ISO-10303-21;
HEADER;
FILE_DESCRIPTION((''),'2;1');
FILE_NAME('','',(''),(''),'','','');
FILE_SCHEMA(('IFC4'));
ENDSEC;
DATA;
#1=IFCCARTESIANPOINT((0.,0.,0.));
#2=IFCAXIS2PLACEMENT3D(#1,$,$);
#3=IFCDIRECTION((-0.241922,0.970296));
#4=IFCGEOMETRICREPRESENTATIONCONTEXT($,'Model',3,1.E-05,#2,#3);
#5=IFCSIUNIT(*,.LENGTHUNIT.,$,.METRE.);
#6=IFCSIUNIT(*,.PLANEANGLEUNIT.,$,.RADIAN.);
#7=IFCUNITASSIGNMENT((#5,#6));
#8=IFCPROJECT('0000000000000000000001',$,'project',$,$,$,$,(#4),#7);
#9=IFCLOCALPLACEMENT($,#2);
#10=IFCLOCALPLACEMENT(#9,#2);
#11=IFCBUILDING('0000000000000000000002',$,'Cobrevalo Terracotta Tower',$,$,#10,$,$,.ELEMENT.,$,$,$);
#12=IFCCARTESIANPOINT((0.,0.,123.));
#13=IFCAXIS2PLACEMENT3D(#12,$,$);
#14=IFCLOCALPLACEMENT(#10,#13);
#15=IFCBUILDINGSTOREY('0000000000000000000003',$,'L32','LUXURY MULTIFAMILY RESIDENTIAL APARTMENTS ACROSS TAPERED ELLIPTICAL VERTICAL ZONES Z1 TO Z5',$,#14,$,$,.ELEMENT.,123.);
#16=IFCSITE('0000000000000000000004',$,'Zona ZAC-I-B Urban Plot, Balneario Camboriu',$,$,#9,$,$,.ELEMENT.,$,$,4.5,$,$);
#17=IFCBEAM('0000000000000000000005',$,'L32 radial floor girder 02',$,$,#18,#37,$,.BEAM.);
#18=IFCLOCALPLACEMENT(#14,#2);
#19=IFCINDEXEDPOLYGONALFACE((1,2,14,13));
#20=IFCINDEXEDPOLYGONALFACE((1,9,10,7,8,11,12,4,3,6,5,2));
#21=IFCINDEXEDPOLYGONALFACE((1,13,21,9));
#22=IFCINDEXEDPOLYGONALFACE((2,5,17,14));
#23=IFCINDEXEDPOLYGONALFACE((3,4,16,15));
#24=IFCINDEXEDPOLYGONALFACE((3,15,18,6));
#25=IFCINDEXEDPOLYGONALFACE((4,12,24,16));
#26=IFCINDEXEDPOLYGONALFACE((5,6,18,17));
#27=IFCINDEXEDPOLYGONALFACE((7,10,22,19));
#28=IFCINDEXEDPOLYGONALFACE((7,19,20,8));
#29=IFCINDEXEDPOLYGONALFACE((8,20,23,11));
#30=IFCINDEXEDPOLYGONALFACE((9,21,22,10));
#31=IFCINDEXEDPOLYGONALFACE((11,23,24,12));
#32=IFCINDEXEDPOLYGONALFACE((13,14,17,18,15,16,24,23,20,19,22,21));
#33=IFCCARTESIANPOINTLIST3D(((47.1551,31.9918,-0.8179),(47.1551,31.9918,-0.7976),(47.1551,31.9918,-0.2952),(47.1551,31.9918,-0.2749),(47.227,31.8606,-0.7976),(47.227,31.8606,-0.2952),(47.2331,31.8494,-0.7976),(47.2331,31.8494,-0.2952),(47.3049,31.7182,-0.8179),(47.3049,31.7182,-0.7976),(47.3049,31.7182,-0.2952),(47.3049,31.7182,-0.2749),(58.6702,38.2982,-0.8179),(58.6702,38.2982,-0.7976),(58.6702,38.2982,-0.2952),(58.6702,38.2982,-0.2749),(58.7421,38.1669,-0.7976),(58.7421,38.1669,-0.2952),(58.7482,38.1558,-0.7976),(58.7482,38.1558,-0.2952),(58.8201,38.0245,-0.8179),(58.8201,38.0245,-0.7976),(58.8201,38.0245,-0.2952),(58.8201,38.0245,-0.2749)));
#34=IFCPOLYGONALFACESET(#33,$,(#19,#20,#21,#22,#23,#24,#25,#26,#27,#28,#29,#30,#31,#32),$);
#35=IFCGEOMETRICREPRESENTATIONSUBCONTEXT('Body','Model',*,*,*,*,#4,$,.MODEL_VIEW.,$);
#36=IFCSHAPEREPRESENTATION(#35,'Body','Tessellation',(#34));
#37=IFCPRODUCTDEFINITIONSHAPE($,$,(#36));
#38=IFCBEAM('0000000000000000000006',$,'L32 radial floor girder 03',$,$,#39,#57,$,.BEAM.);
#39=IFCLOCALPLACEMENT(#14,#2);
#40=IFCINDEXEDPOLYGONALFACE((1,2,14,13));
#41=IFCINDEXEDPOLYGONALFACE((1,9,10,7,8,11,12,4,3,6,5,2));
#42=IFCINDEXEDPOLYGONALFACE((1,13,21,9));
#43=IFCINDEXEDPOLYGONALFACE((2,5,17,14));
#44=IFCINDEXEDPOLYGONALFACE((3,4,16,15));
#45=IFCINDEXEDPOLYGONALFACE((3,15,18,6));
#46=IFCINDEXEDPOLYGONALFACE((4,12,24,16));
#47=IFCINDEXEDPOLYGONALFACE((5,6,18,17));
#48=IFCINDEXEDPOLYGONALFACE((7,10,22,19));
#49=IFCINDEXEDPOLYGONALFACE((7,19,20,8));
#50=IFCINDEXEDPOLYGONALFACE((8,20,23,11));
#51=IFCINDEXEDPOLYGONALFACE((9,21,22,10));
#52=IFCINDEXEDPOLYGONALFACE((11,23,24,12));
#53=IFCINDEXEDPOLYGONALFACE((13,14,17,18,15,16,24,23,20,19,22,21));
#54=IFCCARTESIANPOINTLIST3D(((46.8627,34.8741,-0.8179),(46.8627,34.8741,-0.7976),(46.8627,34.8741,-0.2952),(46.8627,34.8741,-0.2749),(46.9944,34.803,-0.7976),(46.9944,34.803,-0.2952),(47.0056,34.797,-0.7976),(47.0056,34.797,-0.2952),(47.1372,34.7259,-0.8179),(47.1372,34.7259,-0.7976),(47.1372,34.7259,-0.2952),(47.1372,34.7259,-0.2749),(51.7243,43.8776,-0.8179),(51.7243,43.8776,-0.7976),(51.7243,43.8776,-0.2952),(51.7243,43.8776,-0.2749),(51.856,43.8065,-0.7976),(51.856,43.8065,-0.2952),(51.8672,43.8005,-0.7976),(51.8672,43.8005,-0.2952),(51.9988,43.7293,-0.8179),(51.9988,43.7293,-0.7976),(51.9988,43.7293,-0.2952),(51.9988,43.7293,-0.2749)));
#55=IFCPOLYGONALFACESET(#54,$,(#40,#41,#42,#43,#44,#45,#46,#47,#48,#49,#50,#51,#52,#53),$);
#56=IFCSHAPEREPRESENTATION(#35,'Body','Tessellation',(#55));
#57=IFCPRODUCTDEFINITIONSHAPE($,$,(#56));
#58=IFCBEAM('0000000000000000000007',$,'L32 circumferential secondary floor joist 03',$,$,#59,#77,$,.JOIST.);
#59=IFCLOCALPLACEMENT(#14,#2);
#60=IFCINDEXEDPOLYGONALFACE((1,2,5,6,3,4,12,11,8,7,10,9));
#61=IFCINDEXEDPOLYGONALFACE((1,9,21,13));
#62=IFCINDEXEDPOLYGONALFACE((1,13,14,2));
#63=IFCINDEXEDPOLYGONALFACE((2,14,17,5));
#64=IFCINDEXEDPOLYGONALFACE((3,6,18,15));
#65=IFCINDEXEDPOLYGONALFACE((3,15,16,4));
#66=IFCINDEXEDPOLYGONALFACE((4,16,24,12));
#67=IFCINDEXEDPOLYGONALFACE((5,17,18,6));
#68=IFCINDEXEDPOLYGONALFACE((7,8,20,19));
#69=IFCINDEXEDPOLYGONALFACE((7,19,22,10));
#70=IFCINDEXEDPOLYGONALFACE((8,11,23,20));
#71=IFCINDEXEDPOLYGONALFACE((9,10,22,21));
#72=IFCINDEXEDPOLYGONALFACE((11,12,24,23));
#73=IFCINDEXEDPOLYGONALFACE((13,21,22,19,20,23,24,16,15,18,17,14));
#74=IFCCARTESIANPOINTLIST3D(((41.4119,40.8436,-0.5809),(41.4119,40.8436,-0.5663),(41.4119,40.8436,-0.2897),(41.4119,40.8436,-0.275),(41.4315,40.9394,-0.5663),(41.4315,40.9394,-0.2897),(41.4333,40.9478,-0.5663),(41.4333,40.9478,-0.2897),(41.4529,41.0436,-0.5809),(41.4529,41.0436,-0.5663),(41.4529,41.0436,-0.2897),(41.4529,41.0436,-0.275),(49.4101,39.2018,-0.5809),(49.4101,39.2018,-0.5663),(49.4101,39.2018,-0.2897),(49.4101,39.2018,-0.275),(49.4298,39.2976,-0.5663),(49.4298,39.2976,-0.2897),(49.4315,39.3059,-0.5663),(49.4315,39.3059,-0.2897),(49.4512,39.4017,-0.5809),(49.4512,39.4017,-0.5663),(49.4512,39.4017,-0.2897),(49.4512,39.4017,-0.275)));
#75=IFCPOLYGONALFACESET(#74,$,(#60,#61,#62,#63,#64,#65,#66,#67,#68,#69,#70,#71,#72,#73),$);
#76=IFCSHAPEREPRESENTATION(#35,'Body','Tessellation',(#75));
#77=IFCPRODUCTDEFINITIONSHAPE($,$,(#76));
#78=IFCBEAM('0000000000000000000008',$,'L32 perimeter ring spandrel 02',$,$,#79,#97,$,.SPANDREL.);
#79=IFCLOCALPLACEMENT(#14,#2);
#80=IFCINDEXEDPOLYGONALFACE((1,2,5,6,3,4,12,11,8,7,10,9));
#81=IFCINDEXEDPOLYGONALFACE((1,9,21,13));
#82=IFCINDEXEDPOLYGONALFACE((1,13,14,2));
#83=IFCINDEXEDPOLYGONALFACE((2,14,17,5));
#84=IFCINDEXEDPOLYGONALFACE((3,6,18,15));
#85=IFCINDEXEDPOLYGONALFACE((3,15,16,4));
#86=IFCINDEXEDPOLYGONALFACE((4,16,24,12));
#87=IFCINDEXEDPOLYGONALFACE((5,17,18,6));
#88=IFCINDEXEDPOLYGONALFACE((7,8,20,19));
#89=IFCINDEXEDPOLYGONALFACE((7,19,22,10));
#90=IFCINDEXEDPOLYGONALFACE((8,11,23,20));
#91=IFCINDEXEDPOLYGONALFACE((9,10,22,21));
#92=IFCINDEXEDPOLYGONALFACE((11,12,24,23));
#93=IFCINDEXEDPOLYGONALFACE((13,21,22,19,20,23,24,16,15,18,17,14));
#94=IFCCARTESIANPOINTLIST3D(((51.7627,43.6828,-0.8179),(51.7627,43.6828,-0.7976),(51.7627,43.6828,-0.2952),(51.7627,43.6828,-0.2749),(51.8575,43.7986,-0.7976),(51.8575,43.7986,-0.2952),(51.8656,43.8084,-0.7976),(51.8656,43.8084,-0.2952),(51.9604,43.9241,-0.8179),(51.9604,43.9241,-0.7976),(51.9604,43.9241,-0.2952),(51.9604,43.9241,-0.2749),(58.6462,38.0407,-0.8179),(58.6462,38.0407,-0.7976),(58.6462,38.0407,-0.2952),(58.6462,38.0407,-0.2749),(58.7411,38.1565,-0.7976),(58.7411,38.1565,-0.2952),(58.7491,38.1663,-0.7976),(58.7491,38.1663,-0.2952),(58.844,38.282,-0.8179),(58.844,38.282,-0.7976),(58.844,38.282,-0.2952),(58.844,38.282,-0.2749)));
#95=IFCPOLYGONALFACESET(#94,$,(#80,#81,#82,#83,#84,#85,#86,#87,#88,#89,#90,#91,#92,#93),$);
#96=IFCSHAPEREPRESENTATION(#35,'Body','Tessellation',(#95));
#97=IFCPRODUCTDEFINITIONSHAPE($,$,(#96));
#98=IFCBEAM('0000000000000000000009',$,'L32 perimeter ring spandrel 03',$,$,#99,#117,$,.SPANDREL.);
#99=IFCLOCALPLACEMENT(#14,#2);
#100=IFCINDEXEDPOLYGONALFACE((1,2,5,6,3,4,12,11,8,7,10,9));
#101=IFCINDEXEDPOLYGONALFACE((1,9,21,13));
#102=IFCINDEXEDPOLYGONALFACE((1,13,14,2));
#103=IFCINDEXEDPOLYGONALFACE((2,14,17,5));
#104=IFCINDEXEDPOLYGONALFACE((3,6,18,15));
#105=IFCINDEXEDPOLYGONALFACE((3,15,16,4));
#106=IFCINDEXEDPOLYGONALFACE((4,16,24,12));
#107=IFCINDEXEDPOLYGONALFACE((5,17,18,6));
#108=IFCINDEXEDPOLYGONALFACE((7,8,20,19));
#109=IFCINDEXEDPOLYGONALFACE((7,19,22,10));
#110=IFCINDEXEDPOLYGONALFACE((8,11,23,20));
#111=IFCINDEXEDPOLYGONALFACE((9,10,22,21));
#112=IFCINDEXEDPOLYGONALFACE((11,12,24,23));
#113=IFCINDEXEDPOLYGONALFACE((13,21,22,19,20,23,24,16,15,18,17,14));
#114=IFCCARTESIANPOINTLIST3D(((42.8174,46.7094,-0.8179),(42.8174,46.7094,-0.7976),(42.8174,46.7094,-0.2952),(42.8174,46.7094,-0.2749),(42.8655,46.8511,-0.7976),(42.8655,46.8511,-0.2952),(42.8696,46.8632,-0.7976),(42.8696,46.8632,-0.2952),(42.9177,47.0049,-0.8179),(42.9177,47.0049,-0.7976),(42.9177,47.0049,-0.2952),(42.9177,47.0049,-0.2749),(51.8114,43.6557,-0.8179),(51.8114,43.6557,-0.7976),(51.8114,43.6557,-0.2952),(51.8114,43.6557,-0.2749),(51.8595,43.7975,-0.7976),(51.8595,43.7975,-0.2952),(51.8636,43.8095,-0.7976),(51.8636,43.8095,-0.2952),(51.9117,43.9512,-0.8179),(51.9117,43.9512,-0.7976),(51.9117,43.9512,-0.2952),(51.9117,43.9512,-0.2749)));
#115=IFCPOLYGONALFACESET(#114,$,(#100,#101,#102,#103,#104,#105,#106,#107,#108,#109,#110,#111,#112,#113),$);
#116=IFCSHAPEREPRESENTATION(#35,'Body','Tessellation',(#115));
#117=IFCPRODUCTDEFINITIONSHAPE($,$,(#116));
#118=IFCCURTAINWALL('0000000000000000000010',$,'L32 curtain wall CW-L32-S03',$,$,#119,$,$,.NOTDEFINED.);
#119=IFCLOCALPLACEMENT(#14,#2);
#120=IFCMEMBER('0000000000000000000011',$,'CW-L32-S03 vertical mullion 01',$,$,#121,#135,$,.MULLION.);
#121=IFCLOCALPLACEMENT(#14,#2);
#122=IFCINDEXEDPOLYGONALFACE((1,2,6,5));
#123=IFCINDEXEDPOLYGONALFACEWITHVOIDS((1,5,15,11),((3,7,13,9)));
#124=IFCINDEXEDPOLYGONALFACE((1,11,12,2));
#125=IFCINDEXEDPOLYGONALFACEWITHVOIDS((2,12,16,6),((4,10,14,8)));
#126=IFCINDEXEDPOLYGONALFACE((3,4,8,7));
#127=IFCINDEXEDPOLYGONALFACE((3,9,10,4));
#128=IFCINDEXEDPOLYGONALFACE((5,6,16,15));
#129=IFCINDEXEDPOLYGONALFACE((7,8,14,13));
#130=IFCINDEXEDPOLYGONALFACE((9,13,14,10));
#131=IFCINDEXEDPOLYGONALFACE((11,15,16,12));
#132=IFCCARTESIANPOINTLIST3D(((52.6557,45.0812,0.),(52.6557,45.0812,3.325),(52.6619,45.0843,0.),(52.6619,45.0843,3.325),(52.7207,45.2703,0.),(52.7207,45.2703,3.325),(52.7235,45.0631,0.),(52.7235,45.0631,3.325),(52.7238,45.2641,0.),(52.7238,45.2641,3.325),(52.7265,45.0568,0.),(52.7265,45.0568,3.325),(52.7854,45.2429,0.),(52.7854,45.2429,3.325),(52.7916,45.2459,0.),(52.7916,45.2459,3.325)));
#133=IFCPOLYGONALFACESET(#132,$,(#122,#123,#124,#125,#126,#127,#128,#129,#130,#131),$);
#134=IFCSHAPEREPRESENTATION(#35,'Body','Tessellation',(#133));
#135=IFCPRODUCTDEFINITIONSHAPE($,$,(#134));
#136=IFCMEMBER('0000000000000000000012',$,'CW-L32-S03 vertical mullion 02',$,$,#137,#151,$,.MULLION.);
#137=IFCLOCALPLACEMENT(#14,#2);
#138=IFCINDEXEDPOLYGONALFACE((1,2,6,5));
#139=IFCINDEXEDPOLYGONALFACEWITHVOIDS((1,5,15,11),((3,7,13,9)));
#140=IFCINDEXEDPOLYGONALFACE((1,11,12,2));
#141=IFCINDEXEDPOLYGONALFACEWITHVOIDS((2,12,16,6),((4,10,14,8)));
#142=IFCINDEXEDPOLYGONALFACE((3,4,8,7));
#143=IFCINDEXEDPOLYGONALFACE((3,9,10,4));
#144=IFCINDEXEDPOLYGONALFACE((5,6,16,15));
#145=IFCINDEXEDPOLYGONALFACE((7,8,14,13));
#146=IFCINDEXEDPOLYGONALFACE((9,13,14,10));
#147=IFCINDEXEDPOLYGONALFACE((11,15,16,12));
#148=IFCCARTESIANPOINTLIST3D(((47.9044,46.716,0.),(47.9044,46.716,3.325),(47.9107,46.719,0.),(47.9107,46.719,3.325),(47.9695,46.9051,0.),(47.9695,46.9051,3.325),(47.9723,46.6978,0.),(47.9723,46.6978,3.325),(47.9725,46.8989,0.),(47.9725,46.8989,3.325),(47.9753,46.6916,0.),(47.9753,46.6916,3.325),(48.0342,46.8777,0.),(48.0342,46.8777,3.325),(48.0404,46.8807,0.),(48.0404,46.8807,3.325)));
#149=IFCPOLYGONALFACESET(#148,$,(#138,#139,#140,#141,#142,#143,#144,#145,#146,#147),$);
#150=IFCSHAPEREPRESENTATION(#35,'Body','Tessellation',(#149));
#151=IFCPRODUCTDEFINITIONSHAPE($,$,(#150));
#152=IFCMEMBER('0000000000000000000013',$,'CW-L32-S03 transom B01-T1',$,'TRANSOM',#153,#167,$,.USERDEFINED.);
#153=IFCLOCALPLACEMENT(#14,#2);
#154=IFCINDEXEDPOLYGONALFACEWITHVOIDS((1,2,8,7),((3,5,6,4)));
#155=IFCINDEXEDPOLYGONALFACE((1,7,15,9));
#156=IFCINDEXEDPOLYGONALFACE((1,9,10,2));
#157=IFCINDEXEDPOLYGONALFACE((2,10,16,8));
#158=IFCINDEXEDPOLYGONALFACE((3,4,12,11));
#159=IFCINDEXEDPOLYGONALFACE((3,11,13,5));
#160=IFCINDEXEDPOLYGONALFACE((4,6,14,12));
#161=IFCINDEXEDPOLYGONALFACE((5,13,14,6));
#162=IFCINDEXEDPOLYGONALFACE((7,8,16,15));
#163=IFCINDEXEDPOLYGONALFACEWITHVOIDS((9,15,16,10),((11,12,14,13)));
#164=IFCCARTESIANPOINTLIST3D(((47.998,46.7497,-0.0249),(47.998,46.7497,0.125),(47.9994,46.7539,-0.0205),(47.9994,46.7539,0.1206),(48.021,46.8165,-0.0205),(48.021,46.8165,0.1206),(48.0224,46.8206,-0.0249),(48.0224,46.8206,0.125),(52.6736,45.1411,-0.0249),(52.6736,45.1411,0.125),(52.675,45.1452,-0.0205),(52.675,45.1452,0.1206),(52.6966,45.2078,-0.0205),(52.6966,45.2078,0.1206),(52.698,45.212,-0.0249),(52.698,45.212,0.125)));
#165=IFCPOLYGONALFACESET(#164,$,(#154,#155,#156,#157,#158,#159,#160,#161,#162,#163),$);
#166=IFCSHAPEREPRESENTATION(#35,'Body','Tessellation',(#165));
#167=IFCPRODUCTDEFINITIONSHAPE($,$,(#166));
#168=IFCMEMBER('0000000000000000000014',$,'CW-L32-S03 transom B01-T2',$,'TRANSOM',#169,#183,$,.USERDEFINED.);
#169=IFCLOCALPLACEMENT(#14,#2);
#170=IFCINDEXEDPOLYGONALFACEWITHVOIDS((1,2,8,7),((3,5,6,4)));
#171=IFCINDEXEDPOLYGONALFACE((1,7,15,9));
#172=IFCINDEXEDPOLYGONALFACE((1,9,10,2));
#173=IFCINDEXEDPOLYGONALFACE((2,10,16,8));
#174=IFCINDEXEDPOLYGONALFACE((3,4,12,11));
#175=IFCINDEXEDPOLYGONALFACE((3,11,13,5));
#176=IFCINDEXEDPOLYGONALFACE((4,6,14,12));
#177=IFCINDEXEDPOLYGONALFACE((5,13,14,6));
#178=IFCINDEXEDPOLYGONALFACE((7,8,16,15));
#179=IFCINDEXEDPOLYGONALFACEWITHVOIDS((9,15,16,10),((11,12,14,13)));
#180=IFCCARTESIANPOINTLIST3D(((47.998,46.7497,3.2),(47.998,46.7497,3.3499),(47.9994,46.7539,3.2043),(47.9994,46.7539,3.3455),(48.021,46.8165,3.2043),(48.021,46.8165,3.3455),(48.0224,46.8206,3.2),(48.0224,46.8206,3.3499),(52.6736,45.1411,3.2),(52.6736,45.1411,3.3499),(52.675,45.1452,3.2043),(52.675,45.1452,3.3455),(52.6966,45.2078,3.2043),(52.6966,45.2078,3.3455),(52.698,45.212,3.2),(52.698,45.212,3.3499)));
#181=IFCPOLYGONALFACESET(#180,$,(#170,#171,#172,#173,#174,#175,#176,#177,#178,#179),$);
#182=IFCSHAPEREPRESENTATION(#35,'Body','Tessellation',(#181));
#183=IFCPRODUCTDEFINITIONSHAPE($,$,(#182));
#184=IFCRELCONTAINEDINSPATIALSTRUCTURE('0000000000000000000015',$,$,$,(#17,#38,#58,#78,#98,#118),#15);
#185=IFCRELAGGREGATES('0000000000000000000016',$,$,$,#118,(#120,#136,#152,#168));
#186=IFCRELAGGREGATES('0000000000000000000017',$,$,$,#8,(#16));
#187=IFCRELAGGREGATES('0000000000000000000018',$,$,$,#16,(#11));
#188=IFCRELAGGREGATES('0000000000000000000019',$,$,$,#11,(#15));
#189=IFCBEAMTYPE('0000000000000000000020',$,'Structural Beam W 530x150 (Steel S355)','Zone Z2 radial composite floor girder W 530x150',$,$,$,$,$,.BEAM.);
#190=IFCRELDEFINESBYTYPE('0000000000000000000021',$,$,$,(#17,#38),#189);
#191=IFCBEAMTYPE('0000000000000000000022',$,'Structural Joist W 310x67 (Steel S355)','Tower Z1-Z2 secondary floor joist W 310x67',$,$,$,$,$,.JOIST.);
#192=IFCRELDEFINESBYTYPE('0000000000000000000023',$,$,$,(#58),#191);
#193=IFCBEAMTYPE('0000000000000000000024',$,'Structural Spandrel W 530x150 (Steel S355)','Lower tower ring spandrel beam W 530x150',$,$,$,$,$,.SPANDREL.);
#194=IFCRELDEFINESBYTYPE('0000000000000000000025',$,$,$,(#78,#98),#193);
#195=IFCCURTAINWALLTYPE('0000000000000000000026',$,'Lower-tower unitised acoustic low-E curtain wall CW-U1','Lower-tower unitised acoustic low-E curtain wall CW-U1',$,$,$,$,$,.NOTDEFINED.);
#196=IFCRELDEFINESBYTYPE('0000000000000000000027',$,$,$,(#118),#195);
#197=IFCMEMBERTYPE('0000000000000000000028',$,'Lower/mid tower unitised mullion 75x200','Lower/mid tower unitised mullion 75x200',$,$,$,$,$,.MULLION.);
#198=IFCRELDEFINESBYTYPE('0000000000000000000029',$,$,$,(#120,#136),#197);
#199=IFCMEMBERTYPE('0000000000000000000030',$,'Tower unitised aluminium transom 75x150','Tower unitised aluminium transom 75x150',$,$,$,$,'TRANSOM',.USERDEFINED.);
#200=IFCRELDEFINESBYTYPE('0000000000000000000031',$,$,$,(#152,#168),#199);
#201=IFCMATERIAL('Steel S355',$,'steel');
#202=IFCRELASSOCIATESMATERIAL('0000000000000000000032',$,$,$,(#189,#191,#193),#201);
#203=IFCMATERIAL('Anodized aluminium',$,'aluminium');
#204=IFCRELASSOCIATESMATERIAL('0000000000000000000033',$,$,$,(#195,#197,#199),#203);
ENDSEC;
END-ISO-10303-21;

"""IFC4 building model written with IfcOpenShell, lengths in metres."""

from ifc_helpers import new_model, si_unit, direction, frame, origin, origin_2d, place, context, subcontext, project, spatial, hollow_rectangle, i_section, extrude, source, transform, mapped, material, material_profile, profile_set, type_object, element, aggregate, save


model = new_model("IFC4")

# Units and contexts
model_context = context("Model", 3, precision=1e-05, world=origin(), true_north=direction((-0.241922, 0.970296)))
body_context = subcontext(model_context, "Body", "Model", "MODEL_VIEW")
ifc_project = project(units=[si_unit("LENGTHUNIT", "METRE"), si_unit("PLANEANGLEUNIT", "RADIAN")], contexts=[model_context])

# Site, building, storey
site_placement = place(None, origin())
site = spatial("IfcSite", under=ifc_project, at=site_placement, Name="Zona ZAC-I-B Urban Plot, Balneario Camboriu", CompositionType="ELEMENT", RefElevation=4.5)
building_placement = place(site_placement, origin())
building = spatial("IfcBuilding", under=site, at=building_placement, Name="Cobrevalo Terracotta Tower", CompositionType="ELEMENT")
storey_placement = place(building_placement, frame((0.0, 0.0, 123.0)))
storey = spatial("IfcBuildingStorey", under=building, at=storey_placement, Name="L32", Description="LUXURY MULTIFAMILY RESIDENTIAL APARTMENTS ACROSS TAPERED ELLIPTICAL VERTICAL ZONES Z1 TO Z5", CompositionType="ELEMENT", Elevation=123.0)

# Shared definitions
ifc_material_1 = material(Name="Steel S355", Category="steel")

# Beams
ifc_material_profile_1 = material_profile(ifc_material_1, i_section(OverallWidth=0.312, OverallDepth=0.543, WebThickness=0.0127, FlangeThickness=0.0203, at=origin_2d()), Name="W 530x150")
ifc_profile_set_1 = profile_set([ifc_material_profile_1], Name="Steel S355")
beam_type_1 = type_object("IfcBeamType", Name="Structural Beam W 530x150 (Steel S355)", Description="Zone Z2 radial composite floor girder W 530x150", PredefinedType="BEAM", material=ifc_profile_set_1)
beam_1_placement = place(storey_placement, frame((58.7451, 38.1614, -0.5464), z_axis=(-0.877081, -0.480343, 0.0), x_axis=(0.480343, -0.877081, 0.0)))
element("IfcBeam", 1, at=beam_1_placement, inside=storey, type_object=beam_type_1, Name="L32 radial floor girder 02", PredefinedType="BEAM", context=body_context, shape_type="SweptSolid", body=[
    extrude(i_section(OverallWidth=0.312, OverallDepth=0.543, WebThickness=0.0127, FlangeThickness=0.0203, at=origin_2d()), origin(), (0.0, 0.0, 1.0), 13.1289),
])
beam_2_placement = place(storey_placement, frame((51.8616, 43.8035, -0.5464), z_axis=(-0.475128, -0.879917, 0.0), x_axis=(0.879917, -0.475128, 0.0)))
element("IfcBeam", 2, at=beam_2_placement, inside=storey, type_object=beam_type_1, Name="L32 radial floor girder 03", PredefinedType="BEAM", context=body_context, shape_type="SweptSolid", body=[
    extrude(i_section(OverallWidth=0.312, OverallDepth=0.543, WebThickness=0.0127, FlangeThickness=0.0203, at=origin_2d()), origin(), (0.0, 0.0, 1.0), 10.2322),
])
ifc_material_profile_2 = material_profile(ifc_material_1, i_section(OverallWidth=0.2041, OverallDepth=0.3059, WebThickness=0.0085, FlangeThickness=0.0146, at=origin_2d()), Name="W 310x67")
ifc_profile_set_2 = profile_set([ifc_material_profile_2], Name="Steel S355")
beam_type_2 = type_object("IfcBeamType", Name="Structural Joist W 310x67 (Steel S355)", Description="Tower Z1-Z2 secondary floor joist W 310x67", PredefinedType="JOIST", material=ifc_profile_set_2)
beam_3_placement = place(storey_placement, frame((49.4307, 39.3018, -0.428), z_axis=(-0.979574, 0.201082, 0.0), x_axis=(-0.201082, -0.979574, 0.0)))
element("IfcBeam", 3, at=beam_3_placement, inside=storey, type_object=beam_type_2, Name="L32 circumferential secondary floor joist 03", PredefinedType="JOIST", context=body_context, shape_type="SweptSolid", body=[
    extrude(i_section(OverallWidth=0.2041, OverallDepth=0.3059, WebThickness=0.0085, FlangeThickness=0.0146, at=origin_2d()), origin(), (0.0, 0.0, 1.0), 8.165),
])
ifc_material_profile_3 = material_profile(ifc_material_1, i_section(OverallWidth=0.312, OverallDepth=0.543, WebThickness=0.0127, FlangeThickness=0.0203, at=origin_2d()), Name="W 530x150")
ifc_profile_set_3 = profile_set([ifc_material_profile_3], Name="Steel S355")
beam_type_3 = type_object("IfcBeamType", Name="Structural Spandrel W 530x150 (Steel S355)", Description="Lower tower ring spandrel beam W 530x150", PredefinedType="SPANDREL", material=ifc_profile_set_3)
beam_4_placement = place(storey_placement, frame((58.7451, 38.1614, -0.5464), z_axis=(-0.773401, 0.633917, 0.0), x_axis=(-0.633917, -0.773401, 0.0)))
element("IfcBeam", 4, at=beam_4_placement, inside=storey, type_object=beam_type_3, Name="L32 perimeter ring spandrel 02", PredefinedType="SPANDREL", context=body_context, shape_type="SweptSolid", body=[
    extrude(i_section(OverallWidth=0.312, OverallDepth=0.543, WebThickness=0.0127, FlangeThickness=0.0203, at=origin_2d()), origin(), (0.0, 0.0, 1.0), 8.9004),
])
beam_5_placement = place(storey_placement, frame((51.8616, 43.8035, -0.5464), z_axis=(-0.946911, 0.321497, 0.0), x_axis=(-0.321497, -0.946911, 0.0)))
element("IfcBeam", 5, at=beam_5_placement, inside=storey, type_object=beam_type_3, Name="L32 perimeter ring spandrel 03", PredefinedType="SPANDREL", context=body_context, shape_type="SweptSolid", body=[
    extrude(i_section(OverallWidth=0.312, OverallDepth=0.543, WebThickness=0.0127, FlangeThickness=0.0203, at=origin_2d()), origin(), (0.0, 0.0, 1.0), 9.4983),
])

# Curtain wall, members
ifc_material_2 = material(Name="Anodized aluminium", Category="aluminium")
curtain_wall_type = type_object("IfcCurtainWallType", Name="Lower-tower unitised acoustic low-E curtain wall CW-U1", Description="Lower-tower unitised acoustic low-E curtain wall CW-U1", PredefinedType="NOTDEFINED", material=ifc_material_2)
curtain_wall_placement = place(storey_placement, origin())
curtain_wall = element("IfcCurtainWall", 6, at=curtain_wall_placement, inside=storey, type_object=curtain_wall_type, Name="L32 curtain wall CW-L32-S03", PredefinedType="NOTDEFINED")
ifc_material_profile_4 = material_profile(ifc_material_2, hollow_rectangle(XDim=0.075, YDim=0.2, WallThickness=0.0049, at=origin_2d()), Name="CWM 75x200")
ifc_profile_set_4 = profile_set([ifc_material_profile_4], Name="Anodized aluminium")
member_type_1 = type_object("IfcMemberType", Name="Lower/mid tower unitised mullion 75x200", Description="Lower/mid tower unitised mullion 75x200", PredefinedType="MULLION", material=ifc_profile_set_4)
shared_shape_1 = source(origin(), body_context, "Body", "SweptSolid", [
    extrude(hollow_rectangle(XDim=0.075, YDim=0.2, WallThickness=0.0049, at=origin_2d()), origin(), (0.0, 0.0, 1.0), 3.325),
])
member_1_placement = place(storey_placement, frame((52.7236, 45.1636, 0.0), z_axis=(0.0, 0.0, 1.0), x_axis=(-0.945598, 0.325337, 0.0)))
member_1 = element("IfcMember", 7, at=member_1_placement, type_object=member_type_1, Name="CW-L32-S03 vertical mullion 01", PredefinedType="MULLION", context=body_context, shape_type="MappedRepresentation", body=[
    mapped(shared_shape_1, transform((0.0, 0.0, 0.0), scale=1.0)),
])
member_2_placement = place(storey_placement, frame((47.9724, 46.7983, 0.0), z_axis=(0.0, 0.0, 1.0), x_axis=(-0.945598, 0.325337, 0.0)))
member_2 = element("IfcMember", 8, at=member_2_placement, type_object=member_type_1, Name="CW-L32-S03 vertical mullion 02", PredefinedType="MULLION", context=body_context, shape_type="MappedRepresentation", body=[
    mapped(shared_shape_1, transform((0.0, 0.0, 0.0), scale=1.0)),
])
ifc_material_profile_5 = material_profile(ifc_material_2, hollow_rectangle(XDim=0.075, YDim=0.1499, WallThickness=0.0044, at=origin_2d()), Name="CWT 75x150")
ifc_profile_set_5 = profile_set([ifc_material_profile_5], Name="Anodized aluminium")
member_type_2 = type_object("IfcMemberType", Name="Tower unitised aluminium transom 75x150", Description="Tower unitised aluminium transom 75x150", ElementType="TRANSOM", PredefinedType="USERDEFINED", material=ifc_profile_set_5)
shared_shape_2 = source(origin(), body_context, "Body", "SweptSolid", [
    extrude(hollow_rectangle(XDim=0.075, YDim=0.1499, WallThickness=0.0044, at=origin_2d()), origin(), (0.0, 0.0, 1.0), 4.9446),
])
member_3_placement = place(storey_placement, frame((52.6858, 45.1765, 0.05), z_axis=(-0.945598, 0.325338, 0.0), x_axis=(-0.325338, -0.945598, 0.0)))
member_3 = element("IfcMember", 9, at=member_3_placement, type_object=member_type_2, Name="CW-L32-S03 transom B01-T1", ObjectType="TRANSOM", PredefinedType="USERDEFINED", context=body_context, shape_type="MappedRepresentation", body=[
    mapped(shared_shape_2, transform((0.0, 0.0, 0.0), scale=1.0)),
])
member_4_placement = place(storey_placement, frame((52.6858, 45.1765, 3.2749), z_axis=(-0.945598, 0.325338, 0.0), x_axis=(-0.325338, -0.945598, 0.0)))
member_4 = element("IfcMember", 10, at=member_4_placement, type_object=member_type_2, Name="CW-L32-S03 transom B01-T2", ObjectType="TRANSOM", PredefinedType="USERDEFINED", context=body_context, shape_type="MappedRepresentation", body=[
    mapped(shared_shape_2, transform((0.0, 0.0, 0.0), scale=1.0)),
])
aggregate(curtain_wall, [member_1, member_2, member_3, member_4])

save(model, "model.ifc")
